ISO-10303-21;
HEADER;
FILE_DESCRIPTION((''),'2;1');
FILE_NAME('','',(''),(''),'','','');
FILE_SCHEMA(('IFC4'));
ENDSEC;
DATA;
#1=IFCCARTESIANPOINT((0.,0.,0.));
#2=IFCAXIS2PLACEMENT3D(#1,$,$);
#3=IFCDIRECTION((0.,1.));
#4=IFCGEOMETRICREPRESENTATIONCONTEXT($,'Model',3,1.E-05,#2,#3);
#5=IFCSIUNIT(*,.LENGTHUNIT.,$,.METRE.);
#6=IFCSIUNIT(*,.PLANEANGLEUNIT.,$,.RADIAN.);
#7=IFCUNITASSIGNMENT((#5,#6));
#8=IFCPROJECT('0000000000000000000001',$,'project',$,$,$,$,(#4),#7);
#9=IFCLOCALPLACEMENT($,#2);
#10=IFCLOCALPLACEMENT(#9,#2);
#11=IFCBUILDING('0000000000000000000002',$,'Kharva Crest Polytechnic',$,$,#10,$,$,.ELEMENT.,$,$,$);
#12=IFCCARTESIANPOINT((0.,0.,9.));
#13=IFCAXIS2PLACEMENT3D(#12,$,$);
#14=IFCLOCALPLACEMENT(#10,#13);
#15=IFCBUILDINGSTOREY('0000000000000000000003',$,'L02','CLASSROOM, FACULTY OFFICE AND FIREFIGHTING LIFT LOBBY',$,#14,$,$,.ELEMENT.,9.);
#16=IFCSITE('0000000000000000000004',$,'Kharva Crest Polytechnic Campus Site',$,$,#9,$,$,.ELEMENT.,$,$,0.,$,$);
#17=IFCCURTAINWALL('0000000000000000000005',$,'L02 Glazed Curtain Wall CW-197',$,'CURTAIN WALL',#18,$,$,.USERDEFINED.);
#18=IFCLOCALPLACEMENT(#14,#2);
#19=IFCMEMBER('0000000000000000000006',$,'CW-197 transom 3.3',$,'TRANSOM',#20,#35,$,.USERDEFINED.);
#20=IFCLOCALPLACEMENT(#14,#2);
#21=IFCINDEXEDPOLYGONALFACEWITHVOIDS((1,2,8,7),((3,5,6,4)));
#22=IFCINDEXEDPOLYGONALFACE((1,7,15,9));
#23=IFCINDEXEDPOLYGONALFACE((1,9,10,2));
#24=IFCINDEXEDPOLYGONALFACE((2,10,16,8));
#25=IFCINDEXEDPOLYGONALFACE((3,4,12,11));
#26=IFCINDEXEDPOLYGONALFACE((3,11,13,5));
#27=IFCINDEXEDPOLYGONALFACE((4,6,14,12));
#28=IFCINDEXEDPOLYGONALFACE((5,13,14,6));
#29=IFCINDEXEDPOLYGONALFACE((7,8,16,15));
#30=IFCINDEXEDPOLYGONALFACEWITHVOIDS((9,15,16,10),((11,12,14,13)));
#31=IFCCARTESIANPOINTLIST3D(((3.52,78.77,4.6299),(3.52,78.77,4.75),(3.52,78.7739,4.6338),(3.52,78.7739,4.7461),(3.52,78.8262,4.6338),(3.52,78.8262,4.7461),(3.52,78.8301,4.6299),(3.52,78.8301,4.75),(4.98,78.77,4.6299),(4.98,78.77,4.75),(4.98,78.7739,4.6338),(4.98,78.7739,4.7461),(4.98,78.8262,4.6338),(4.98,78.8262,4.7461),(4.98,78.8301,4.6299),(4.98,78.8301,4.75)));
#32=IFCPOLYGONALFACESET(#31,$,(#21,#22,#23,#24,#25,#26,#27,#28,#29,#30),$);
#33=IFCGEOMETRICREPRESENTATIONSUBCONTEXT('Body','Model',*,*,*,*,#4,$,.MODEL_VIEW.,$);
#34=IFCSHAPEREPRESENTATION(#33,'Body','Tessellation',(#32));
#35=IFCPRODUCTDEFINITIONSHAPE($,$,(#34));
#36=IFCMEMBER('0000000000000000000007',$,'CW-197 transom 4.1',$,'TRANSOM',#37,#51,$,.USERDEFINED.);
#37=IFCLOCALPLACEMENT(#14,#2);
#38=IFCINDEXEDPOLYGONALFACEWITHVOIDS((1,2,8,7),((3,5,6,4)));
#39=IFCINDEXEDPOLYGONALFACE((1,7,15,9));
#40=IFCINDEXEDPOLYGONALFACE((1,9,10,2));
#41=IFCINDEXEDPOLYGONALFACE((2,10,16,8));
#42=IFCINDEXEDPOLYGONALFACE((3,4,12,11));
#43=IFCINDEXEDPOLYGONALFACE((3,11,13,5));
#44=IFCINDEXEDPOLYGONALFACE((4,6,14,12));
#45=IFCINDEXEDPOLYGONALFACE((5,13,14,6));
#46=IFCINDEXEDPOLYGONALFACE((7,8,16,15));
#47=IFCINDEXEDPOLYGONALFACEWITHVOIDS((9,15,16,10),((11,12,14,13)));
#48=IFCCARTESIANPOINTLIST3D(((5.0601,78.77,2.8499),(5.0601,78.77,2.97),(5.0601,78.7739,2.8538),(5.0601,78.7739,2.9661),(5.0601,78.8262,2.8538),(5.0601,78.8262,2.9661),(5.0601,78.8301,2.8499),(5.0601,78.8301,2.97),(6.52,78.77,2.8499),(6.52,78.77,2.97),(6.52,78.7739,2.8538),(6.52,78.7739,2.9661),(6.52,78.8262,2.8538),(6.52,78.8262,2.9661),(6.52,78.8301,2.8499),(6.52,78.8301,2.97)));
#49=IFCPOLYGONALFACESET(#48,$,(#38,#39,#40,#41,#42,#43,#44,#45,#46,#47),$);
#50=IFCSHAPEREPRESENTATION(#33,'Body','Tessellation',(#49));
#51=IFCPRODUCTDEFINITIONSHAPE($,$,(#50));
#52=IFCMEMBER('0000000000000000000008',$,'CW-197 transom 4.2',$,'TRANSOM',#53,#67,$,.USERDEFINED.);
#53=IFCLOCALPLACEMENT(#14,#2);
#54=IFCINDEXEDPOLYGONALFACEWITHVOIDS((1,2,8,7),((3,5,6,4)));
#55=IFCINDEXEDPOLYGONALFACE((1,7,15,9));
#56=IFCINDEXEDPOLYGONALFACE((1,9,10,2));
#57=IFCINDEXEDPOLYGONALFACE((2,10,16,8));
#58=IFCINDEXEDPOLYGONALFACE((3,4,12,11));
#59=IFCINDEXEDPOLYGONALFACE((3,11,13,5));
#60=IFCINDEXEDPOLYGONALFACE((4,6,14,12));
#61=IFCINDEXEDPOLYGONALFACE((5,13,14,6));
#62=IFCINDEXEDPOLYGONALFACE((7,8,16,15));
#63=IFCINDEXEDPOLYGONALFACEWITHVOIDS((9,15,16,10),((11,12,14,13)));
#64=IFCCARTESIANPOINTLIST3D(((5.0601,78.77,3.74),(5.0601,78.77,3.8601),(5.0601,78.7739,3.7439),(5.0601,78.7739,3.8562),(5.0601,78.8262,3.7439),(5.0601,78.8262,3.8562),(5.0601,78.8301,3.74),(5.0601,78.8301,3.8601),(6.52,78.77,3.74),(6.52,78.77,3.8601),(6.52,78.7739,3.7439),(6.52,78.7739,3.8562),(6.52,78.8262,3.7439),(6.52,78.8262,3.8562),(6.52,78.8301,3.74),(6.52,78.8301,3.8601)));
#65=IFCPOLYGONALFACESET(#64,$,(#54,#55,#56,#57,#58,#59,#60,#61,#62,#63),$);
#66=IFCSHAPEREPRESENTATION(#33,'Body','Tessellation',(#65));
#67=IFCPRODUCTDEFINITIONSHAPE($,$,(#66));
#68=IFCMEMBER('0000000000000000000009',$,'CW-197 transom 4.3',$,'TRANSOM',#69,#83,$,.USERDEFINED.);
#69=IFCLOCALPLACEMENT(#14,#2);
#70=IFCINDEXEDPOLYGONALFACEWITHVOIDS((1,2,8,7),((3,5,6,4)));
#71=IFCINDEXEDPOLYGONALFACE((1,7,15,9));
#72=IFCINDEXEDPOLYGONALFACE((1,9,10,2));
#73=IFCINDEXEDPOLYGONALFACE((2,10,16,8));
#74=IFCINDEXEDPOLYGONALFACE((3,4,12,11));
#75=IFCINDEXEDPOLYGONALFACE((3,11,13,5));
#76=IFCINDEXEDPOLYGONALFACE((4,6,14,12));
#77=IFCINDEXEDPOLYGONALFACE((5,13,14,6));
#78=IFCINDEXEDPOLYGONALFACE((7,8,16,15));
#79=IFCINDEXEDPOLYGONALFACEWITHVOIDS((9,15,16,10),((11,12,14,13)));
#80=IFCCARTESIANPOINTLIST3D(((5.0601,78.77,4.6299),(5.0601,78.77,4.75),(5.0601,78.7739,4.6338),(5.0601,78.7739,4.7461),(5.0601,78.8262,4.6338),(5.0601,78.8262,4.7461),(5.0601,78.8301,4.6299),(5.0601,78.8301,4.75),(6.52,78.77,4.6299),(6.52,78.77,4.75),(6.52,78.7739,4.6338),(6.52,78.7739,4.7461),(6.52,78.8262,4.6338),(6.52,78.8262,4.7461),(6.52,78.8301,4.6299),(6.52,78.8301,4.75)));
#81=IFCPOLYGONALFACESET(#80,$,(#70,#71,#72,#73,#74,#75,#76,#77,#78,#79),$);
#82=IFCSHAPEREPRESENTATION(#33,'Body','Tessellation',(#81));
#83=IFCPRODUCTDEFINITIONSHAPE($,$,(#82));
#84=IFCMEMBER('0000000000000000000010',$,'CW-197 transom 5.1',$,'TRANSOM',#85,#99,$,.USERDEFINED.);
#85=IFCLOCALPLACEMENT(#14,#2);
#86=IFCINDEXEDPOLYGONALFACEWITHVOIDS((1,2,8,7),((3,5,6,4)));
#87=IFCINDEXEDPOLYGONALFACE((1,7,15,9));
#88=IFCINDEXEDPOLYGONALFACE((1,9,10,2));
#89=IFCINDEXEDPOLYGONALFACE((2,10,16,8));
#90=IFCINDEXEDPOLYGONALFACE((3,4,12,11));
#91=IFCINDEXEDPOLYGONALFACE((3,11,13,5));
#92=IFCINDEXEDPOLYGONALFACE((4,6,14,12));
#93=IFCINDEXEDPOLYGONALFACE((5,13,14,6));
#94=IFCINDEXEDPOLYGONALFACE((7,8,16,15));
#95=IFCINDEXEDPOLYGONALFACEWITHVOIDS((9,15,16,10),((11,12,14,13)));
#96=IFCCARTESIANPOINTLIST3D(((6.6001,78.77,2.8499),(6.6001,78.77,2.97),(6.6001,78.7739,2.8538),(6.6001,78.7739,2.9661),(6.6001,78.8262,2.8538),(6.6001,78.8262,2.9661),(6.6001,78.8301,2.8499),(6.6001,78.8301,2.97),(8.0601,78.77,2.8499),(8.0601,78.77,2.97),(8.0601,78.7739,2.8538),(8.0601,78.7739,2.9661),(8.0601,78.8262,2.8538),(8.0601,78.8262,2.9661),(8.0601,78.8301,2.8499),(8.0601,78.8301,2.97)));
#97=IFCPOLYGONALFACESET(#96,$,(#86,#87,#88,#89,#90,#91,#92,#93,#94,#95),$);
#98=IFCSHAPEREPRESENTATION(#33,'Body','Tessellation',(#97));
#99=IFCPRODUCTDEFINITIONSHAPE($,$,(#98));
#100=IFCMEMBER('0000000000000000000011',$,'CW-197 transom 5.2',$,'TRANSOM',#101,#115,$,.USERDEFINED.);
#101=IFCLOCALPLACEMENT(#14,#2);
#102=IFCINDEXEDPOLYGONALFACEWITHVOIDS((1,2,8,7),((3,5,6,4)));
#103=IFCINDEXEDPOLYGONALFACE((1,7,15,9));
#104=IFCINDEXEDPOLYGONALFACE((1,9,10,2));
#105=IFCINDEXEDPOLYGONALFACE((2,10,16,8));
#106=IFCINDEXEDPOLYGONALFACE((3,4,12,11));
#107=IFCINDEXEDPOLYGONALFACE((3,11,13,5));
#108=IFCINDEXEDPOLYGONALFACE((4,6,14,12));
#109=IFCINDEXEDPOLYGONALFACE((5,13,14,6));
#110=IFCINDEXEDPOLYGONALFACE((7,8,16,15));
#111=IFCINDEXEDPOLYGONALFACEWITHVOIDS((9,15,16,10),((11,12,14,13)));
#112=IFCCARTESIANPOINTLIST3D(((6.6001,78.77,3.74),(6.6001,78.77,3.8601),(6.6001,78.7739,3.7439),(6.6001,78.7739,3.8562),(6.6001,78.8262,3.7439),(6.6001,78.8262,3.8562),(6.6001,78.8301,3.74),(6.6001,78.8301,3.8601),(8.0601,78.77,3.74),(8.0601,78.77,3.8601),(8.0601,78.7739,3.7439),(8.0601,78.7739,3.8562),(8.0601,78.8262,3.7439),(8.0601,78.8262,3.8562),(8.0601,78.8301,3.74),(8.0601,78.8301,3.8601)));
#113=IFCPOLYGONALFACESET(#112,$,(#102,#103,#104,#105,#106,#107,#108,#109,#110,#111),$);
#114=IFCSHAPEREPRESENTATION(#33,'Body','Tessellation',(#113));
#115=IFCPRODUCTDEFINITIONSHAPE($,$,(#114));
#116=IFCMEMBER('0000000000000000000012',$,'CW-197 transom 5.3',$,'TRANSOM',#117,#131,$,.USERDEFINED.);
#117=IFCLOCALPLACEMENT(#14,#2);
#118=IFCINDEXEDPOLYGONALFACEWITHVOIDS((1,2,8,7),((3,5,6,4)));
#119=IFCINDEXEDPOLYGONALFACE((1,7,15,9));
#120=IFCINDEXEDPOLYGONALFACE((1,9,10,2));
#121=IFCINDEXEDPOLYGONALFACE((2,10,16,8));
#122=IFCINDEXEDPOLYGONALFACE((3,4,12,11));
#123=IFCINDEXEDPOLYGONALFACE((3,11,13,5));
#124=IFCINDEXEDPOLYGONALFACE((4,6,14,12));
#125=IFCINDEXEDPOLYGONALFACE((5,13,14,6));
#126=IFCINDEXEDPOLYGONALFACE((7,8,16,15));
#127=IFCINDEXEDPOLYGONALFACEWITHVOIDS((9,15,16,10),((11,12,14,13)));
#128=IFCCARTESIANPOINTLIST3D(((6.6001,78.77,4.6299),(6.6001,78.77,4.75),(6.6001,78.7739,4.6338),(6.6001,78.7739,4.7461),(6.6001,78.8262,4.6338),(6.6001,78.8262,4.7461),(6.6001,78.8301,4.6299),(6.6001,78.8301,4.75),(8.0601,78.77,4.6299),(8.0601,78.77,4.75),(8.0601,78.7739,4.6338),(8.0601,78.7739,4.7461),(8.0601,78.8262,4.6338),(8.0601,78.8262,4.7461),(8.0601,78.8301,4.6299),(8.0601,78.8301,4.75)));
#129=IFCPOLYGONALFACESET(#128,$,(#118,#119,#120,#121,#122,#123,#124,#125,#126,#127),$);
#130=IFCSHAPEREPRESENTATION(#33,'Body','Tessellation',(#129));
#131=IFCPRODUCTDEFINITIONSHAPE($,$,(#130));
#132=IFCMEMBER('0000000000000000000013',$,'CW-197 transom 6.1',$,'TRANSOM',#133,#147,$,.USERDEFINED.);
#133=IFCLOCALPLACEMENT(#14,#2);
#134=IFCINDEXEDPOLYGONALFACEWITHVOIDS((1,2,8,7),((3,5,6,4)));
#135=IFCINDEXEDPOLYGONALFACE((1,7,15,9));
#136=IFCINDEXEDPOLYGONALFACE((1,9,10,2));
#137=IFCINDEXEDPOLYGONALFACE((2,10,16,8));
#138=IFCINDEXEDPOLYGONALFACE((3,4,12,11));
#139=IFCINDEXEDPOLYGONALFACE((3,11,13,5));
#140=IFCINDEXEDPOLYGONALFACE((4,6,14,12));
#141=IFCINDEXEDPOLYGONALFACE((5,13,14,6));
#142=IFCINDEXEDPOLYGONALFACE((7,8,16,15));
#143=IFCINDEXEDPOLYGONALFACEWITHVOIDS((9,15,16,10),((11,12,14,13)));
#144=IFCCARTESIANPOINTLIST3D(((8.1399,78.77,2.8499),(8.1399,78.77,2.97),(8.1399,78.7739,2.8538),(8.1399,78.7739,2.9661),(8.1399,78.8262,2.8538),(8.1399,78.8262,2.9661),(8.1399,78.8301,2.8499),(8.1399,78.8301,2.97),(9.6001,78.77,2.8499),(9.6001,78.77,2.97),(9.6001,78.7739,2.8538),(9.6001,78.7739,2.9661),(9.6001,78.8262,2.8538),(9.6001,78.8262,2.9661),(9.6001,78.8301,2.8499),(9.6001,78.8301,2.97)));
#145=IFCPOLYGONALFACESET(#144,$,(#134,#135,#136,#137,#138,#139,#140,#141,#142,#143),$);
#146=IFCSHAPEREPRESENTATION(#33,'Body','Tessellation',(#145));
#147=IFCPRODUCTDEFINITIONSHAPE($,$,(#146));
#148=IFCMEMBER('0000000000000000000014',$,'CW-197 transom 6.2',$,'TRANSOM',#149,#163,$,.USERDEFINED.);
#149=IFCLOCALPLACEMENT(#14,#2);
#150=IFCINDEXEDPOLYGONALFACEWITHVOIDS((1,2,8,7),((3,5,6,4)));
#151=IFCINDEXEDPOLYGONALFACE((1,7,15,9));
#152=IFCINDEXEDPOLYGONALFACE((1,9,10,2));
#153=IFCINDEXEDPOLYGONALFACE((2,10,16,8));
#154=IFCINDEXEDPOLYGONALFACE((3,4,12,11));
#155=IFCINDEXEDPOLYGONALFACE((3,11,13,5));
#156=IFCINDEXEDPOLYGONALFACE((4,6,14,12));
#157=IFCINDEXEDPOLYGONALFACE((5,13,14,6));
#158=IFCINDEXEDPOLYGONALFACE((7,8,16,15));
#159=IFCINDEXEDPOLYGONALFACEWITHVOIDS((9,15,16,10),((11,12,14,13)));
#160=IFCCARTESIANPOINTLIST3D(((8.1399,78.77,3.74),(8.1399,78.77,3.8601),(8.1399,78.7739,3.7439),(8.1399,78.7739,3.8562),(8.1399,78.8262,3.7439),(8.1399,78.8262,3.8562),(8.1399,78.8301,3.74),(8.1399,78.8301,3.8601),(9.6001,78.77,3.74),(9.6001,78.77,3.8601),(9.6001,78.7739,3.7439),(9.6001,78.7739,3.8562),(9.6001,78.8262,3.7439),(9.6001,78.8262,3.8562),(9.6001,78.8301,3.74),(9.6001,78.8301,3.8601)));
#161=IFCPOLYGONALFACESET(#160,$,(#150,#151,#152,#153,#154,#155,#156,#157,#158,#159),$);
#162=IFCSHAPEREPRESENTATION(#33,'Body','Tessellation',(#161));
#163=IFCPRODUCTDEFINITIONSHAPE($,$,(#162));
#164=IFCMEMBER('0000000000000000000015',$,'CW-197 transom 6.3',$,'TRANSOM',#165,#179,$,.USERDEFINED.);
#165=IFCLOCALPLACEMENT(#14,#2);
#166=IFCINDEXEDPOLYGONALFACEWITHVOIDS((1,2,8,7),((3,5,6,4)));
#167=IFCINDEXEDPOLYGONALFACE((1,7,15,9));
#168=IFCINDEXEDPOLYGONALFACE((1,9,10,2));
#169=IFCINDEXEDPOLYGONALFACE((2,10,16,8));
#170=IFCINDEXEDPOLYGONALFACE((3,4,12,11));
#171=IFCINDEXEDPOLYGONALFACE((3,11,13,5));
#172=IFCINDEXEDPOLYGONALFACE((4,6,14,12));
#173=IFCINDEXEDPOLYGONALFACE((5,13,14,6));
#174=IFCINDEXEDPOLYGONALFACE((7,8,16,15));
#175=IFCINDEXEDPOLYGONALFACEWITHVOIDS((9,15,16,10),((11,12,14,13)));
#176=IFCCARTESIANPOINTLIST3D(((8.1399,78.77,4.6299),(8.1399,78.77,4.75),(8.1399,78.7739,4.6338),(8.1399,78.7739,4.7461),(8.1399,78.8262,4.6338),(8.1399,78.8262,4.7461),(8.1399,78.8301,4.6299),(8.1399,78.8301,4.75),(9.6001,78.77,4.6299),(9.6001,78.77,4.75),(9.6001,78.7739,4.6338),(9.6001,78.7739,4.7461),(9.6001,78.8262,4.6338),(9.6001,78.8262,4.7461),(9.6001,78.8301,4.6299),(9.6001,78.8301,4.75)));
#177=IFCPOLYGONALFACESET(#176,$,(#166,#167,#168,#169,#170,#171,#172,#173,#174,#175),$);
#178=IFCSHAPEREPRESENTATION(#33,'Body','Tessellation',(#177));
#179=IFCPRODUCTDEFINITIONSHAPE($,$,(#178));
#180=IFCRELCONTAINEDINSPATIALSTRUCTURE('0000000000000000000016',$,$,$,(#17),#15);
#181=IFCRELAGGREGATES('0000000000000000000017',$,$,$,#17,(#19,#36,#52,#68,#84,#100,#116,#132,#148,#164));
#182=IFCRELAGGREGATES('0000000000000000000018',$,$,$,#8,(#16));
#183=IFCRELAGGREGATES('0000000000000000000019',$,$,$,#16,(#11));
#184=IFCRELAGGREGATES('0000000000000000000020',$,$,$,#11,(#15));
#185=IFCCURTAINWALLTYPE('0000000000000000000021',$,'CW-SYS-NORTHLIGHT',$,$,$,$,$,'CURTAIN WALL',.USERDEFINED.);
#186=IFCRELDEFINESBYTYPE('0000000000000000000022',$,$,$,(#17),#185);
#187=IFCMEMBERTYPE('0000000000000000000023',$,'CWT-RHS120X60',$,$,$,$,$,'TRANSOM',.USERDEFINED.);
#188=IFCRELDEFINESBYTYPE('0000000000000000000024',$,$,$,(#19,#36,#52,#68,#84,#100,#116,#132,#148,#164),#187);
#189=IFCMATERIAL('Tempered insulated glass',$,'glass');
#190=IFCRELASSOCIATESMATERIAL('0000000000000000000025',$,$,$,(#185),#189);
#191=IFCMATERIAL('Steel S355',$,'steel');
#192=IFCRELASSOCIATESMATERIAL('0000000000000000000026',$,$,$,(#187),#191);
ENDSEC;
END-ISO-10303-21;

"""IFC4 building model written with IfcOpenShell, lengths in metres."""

from ifc_helpers import new_model, si_unit, direction, frame, origin, origin_2d, place, context, subcontext, project, spatial, hollow_rectangle, extrude, material, material_profile, profile_set, type_object, element, aggregate, save


model = new_model("IFC4")

# Units and contexts
model_context = context("Model", 3, precision=1e-05, world=origin(), true_north=direction((0.0, 1.0)))
body_context = subcontext(model_context, "Body", "Model", "MODEL_VIEW")
ifc_project = project(units=[si_unit("LENGTHUNIT", "METRE"), si_unit("PLANEANGLEUNIT", "RADIAN")], contexts=[model_context])

# Site, building, storey
site_placement = place(None, origin())
site = spatial("IfcSite", under=ifc_project, at=site_placement, Name="Kharva Crest Polytechnic Campus Site", CompositionType="ELEMENT", RefElevation=0.0)
building_placement = place(site_placement, origin())
building = spatial("IfcBuilding", under=site, at=building_placement, Name="Kharva Crest Polytechnic", CompositionType="ELEMENT")
storey_placement = place(building_placement, frame((0.0, 0.0, 9.0)))
storey = spatial("IfcBuildingStorey", under=building, at=storey_placement, Name="L02", Description="CLASSROOM, FACULTY OFFICE AND FIREFIGHTING LIFT LOBBY", CompositionType="ELEMENT", Elevation=9.0)

# Curtain wall, members
ifc_material_1 = material(Name="Tempered insulated glass", Category="glass")
curtain_wall_type = type_object("IfcCurtainWallType", Name="CW-SYS-NORTHLIGHT", ElementType="CURTAIN WALL", PredefinedType="USERDEFINED", material=ifc_material_1)
curtain_wall_placement = place(storey_placement, origin())
curtain_wall = element("IfcCurtainWall", 1, at=curtain_wall_placement, inside=storey, type_object=curtain_wall_type, Name="L02 Glazed Curtain Wall CW-197", ObjectType="CURTAIN WALL", PredefinedType="USERDEFINED")
ifc_material_2 = material(Name="Steel S355", Category="steel")
ifc_material_profile_1 = material_profile(ifc_material_2, hollow_rectangle(XDim=0.0601, YDim=0.1201, WallThickness=0.0039, at=origin_2d()), Name="RHS 120X60X4.0")
ifc_profile_set_1 = profile_set([ifc_material_profile_1], Name="Steel S355")
member_type_1 = type_object("IfcMemberType", Name="CWT-RHS120X60", ElementType="TRANSOM", PredefinedType="USERDEFINED", material=ifc_profile_set_1)
member_1_placement = place(storey_placement, frame((3.52, 78.8, 4.6899), z_axis=(1.0, 0.0, 0.0), x_axis=(0.0, 1.0, 0.0)))
member_1 = element("IfcMember", 2, at=member_1_placement, type_object=member_type_1, Name="CW-197 transom 3.3", ObjectType="TRANSOM", PredefinedType="USERDEFINED", context=body_context, shape_type="SweptSolid", body=[
    extrude(hollow_rectangle(XDim=0.0601, YDim=0.1201, WallThickness=0.0039, at=origin_2d()), origin(), (0.0, 0.0, 1.0), 1.46),
])
member_2_placement = place(storey_placement, frame((5.0601, 78.8, 2.9099), z_axis=(1.0, 0.0, 0.0), x_axis=(0.0, 1.0, 0.0)))
member_2 = element("IfcMember", 3, at=member_2_placement, type_object=member_type_1, Name="CW-197 transom 4.1", ObjectType="TRANSOM", PredefinedType="USERDEFINED", context=body_context, shape_type="SweptSolid", body=[
    extrude(hollow_rectangle(XDim=0.0601, YDim=0.1201, WallThickness=0.0039, at=origin_2d()), origin(), (0.0, 0.0, 1.0), 1.46),
])
member_3_placement = place(storey_placement, frame((5.0601, 78.8, 3.8), z_axis=(1.0, 0.0, 0.0), x_axis=(0.0, 1.0, 0.0)))
member_3 = element("IfcMember", 4, at=member_3_placement, type_object=member_type_1, Name="CW-197 transom 4.2", ObjectType="TRANSOM", PredefinedType="USERDEFINED", context=body_context, shape_type="SweptSolid", body=[
    extrude(hollow_rectangle(XDim=0.0601, YDim=0.1201, WallThickness=0.0039, at=origin_2d()), origin(), (0.0, 0.0, 1.0), 1.46),
])
member_4_placement = place(storey_placement, frame((5.0601, 78.8, 4.6899), z_axis=(1.0, 0.0, 0.0), x_axis=(0.0, 1.0, 0.0)))
member_4 = element("IfcMember", 5, at=member_4_placement, type_object=member_type_1, Name="CW-197 transom 4.3", ObjectType="TRANSOM", PredefinedType="USERDEFINED", context=body_context, shape_type="SweptSolid", body=[
    extrude(hollow_rectangle(XDim=0.0601, YDim=0.1201, WallThickness=0.0039, at=origin_2d()), origin(), (0.0, 0.0, 1.0), 1.46),
])
member_5_placement = place(storey_placement, frame((6.6001, 78.8, 2.9099), z_axis=(1.0, 0.0, 0.0), x_axis=(0.0, 1.0, 0.0)))
member_5 = element("IfcMember", 6, at=member_5_placement, type_object=member_type_1, Name="CW-197 transom 5.1", ObjectType="TRANSOM", PredefinedType="USERDEFINED", context=body_context, shape_type="SweptSolid", body=[
    extrude(hollow_rectangle(XDim=0.0601, YDim=0.1201, WallThickness=0.0039, at=origin_2d()), origin(), (0.0, 0.0, 1.0), 1.46),
])
member_6_placement = place(storey_placement, frame((6.6001, 78.8, 3.8), z_axis=(1.0, 0.0, 0.0), x_axis=(0.0, 1.0, 0.0)))
member_6 = element("IfcMember", 7, at=member_6_placement, type_object=member_type_1, Name="CW-197 transom 5.2", ObjectType="TRANSOM", PredefinedType="USERDEFINED", context=body_context, shape_type="SweptSolid", body=[
    extrude(hollow_rectangle(XDim=0.0601, YDim=0.1201, WallThickness=0.0039, at=origin_2d()), origin(), (0.0, 0.0, 1.0), 1.46),
])
member_7_placement = place(storey_placement, frame((6.6001, 78.8, 4.6899), z_axis=(1.0, 0.0, 0.0), x_axis=(0.0, 1.0, 0.0)))
member_7 = element("IfcMember", 8, at=member_7_placement, type_object=member_type_1, Name="CW-197 transom 5.3", ObjectType="TRANSOM", PredefinedType="USERDEFINED", context=body_context, shape_type="SweptSolid", body=[
    extrude(hollow_rectangle(XDim=0.0601, YDim=0.1201, WallThickness=0.0039, at=origin_2d()), origin(), (0.0, 0.0, 1.0), 1.46),
])
member_8_placement = place(storey_placement, frame((8.1399, 78.8, 2.9099), z_axis=(1.0, 0.0, 0.0), x_axis=(0.0, 1.0, 0.0)))
member_8 = element("IfcMember", 9, at=member_8_placement, type_object=member_type_1, Name="CW-197 transom 6.1", ObjectType="TRANSOM", PredefinedType="USERDEFINED", context=body_context, shape_type="SweptSolid", body=[
    extrude(hollow_rectangle(XDim=0.0601, YDim=0.1201, WallThickness=0.0039, at=origin_2d()), origin(), (0.0, 0.0, 1.0), 1.4602),
])
member_9_placement = place(storey_placement, frame((8.1399, 78.8, 3.8), z_axis=(1.0, 0.0, 0.0), x_axis=(0.0, 1.0, 0.0)))
member_9 = element("IfcMember", 10, at=member_9_placement, type_object=member_type_1, Name="CW-197 transom 6.2", ObjectType="TRANSOM", PredefinedType="USERDEFINED", context=body_context, shape_type="SweptSolid", body=[
    extrude(hollow_rectangle(XDim=0.0601, YDim=0.1201, WallThickness=0.0039, at=origin_2d()), origin(), (0.0, 0.0, 1.0), 1.4602),
])
member_10_placement = place(storey_placement, frame((8.1399, 78.8, 4.6899), z_axis=(1.0, 0.0, 0.0), x_axis=(0.0, 1.0, 0.0)))
member_10 = element("IfcMember", 11, at=member_10_placement, type_object=member_type_1, Name="CW-197 transom 6.3", ObjectType="TRANSOM", PredefinedType="USERDEFINED", context=body_context, shape_type="SweptSolid", body=[
    extrude(hollow_rectangle(XDim=0.0601, YDim=0.1201, WallThickness=0.0039, at=origin_2d()), origin(), (0.0, 0.0, 1.0), 1.4602),
])

aggregate(curtain_wall, [member_1, member_2, member_3, member_4, member_5, member_6, member_7, member_8, member_9, member_10])

save(model, "model.ifc")
